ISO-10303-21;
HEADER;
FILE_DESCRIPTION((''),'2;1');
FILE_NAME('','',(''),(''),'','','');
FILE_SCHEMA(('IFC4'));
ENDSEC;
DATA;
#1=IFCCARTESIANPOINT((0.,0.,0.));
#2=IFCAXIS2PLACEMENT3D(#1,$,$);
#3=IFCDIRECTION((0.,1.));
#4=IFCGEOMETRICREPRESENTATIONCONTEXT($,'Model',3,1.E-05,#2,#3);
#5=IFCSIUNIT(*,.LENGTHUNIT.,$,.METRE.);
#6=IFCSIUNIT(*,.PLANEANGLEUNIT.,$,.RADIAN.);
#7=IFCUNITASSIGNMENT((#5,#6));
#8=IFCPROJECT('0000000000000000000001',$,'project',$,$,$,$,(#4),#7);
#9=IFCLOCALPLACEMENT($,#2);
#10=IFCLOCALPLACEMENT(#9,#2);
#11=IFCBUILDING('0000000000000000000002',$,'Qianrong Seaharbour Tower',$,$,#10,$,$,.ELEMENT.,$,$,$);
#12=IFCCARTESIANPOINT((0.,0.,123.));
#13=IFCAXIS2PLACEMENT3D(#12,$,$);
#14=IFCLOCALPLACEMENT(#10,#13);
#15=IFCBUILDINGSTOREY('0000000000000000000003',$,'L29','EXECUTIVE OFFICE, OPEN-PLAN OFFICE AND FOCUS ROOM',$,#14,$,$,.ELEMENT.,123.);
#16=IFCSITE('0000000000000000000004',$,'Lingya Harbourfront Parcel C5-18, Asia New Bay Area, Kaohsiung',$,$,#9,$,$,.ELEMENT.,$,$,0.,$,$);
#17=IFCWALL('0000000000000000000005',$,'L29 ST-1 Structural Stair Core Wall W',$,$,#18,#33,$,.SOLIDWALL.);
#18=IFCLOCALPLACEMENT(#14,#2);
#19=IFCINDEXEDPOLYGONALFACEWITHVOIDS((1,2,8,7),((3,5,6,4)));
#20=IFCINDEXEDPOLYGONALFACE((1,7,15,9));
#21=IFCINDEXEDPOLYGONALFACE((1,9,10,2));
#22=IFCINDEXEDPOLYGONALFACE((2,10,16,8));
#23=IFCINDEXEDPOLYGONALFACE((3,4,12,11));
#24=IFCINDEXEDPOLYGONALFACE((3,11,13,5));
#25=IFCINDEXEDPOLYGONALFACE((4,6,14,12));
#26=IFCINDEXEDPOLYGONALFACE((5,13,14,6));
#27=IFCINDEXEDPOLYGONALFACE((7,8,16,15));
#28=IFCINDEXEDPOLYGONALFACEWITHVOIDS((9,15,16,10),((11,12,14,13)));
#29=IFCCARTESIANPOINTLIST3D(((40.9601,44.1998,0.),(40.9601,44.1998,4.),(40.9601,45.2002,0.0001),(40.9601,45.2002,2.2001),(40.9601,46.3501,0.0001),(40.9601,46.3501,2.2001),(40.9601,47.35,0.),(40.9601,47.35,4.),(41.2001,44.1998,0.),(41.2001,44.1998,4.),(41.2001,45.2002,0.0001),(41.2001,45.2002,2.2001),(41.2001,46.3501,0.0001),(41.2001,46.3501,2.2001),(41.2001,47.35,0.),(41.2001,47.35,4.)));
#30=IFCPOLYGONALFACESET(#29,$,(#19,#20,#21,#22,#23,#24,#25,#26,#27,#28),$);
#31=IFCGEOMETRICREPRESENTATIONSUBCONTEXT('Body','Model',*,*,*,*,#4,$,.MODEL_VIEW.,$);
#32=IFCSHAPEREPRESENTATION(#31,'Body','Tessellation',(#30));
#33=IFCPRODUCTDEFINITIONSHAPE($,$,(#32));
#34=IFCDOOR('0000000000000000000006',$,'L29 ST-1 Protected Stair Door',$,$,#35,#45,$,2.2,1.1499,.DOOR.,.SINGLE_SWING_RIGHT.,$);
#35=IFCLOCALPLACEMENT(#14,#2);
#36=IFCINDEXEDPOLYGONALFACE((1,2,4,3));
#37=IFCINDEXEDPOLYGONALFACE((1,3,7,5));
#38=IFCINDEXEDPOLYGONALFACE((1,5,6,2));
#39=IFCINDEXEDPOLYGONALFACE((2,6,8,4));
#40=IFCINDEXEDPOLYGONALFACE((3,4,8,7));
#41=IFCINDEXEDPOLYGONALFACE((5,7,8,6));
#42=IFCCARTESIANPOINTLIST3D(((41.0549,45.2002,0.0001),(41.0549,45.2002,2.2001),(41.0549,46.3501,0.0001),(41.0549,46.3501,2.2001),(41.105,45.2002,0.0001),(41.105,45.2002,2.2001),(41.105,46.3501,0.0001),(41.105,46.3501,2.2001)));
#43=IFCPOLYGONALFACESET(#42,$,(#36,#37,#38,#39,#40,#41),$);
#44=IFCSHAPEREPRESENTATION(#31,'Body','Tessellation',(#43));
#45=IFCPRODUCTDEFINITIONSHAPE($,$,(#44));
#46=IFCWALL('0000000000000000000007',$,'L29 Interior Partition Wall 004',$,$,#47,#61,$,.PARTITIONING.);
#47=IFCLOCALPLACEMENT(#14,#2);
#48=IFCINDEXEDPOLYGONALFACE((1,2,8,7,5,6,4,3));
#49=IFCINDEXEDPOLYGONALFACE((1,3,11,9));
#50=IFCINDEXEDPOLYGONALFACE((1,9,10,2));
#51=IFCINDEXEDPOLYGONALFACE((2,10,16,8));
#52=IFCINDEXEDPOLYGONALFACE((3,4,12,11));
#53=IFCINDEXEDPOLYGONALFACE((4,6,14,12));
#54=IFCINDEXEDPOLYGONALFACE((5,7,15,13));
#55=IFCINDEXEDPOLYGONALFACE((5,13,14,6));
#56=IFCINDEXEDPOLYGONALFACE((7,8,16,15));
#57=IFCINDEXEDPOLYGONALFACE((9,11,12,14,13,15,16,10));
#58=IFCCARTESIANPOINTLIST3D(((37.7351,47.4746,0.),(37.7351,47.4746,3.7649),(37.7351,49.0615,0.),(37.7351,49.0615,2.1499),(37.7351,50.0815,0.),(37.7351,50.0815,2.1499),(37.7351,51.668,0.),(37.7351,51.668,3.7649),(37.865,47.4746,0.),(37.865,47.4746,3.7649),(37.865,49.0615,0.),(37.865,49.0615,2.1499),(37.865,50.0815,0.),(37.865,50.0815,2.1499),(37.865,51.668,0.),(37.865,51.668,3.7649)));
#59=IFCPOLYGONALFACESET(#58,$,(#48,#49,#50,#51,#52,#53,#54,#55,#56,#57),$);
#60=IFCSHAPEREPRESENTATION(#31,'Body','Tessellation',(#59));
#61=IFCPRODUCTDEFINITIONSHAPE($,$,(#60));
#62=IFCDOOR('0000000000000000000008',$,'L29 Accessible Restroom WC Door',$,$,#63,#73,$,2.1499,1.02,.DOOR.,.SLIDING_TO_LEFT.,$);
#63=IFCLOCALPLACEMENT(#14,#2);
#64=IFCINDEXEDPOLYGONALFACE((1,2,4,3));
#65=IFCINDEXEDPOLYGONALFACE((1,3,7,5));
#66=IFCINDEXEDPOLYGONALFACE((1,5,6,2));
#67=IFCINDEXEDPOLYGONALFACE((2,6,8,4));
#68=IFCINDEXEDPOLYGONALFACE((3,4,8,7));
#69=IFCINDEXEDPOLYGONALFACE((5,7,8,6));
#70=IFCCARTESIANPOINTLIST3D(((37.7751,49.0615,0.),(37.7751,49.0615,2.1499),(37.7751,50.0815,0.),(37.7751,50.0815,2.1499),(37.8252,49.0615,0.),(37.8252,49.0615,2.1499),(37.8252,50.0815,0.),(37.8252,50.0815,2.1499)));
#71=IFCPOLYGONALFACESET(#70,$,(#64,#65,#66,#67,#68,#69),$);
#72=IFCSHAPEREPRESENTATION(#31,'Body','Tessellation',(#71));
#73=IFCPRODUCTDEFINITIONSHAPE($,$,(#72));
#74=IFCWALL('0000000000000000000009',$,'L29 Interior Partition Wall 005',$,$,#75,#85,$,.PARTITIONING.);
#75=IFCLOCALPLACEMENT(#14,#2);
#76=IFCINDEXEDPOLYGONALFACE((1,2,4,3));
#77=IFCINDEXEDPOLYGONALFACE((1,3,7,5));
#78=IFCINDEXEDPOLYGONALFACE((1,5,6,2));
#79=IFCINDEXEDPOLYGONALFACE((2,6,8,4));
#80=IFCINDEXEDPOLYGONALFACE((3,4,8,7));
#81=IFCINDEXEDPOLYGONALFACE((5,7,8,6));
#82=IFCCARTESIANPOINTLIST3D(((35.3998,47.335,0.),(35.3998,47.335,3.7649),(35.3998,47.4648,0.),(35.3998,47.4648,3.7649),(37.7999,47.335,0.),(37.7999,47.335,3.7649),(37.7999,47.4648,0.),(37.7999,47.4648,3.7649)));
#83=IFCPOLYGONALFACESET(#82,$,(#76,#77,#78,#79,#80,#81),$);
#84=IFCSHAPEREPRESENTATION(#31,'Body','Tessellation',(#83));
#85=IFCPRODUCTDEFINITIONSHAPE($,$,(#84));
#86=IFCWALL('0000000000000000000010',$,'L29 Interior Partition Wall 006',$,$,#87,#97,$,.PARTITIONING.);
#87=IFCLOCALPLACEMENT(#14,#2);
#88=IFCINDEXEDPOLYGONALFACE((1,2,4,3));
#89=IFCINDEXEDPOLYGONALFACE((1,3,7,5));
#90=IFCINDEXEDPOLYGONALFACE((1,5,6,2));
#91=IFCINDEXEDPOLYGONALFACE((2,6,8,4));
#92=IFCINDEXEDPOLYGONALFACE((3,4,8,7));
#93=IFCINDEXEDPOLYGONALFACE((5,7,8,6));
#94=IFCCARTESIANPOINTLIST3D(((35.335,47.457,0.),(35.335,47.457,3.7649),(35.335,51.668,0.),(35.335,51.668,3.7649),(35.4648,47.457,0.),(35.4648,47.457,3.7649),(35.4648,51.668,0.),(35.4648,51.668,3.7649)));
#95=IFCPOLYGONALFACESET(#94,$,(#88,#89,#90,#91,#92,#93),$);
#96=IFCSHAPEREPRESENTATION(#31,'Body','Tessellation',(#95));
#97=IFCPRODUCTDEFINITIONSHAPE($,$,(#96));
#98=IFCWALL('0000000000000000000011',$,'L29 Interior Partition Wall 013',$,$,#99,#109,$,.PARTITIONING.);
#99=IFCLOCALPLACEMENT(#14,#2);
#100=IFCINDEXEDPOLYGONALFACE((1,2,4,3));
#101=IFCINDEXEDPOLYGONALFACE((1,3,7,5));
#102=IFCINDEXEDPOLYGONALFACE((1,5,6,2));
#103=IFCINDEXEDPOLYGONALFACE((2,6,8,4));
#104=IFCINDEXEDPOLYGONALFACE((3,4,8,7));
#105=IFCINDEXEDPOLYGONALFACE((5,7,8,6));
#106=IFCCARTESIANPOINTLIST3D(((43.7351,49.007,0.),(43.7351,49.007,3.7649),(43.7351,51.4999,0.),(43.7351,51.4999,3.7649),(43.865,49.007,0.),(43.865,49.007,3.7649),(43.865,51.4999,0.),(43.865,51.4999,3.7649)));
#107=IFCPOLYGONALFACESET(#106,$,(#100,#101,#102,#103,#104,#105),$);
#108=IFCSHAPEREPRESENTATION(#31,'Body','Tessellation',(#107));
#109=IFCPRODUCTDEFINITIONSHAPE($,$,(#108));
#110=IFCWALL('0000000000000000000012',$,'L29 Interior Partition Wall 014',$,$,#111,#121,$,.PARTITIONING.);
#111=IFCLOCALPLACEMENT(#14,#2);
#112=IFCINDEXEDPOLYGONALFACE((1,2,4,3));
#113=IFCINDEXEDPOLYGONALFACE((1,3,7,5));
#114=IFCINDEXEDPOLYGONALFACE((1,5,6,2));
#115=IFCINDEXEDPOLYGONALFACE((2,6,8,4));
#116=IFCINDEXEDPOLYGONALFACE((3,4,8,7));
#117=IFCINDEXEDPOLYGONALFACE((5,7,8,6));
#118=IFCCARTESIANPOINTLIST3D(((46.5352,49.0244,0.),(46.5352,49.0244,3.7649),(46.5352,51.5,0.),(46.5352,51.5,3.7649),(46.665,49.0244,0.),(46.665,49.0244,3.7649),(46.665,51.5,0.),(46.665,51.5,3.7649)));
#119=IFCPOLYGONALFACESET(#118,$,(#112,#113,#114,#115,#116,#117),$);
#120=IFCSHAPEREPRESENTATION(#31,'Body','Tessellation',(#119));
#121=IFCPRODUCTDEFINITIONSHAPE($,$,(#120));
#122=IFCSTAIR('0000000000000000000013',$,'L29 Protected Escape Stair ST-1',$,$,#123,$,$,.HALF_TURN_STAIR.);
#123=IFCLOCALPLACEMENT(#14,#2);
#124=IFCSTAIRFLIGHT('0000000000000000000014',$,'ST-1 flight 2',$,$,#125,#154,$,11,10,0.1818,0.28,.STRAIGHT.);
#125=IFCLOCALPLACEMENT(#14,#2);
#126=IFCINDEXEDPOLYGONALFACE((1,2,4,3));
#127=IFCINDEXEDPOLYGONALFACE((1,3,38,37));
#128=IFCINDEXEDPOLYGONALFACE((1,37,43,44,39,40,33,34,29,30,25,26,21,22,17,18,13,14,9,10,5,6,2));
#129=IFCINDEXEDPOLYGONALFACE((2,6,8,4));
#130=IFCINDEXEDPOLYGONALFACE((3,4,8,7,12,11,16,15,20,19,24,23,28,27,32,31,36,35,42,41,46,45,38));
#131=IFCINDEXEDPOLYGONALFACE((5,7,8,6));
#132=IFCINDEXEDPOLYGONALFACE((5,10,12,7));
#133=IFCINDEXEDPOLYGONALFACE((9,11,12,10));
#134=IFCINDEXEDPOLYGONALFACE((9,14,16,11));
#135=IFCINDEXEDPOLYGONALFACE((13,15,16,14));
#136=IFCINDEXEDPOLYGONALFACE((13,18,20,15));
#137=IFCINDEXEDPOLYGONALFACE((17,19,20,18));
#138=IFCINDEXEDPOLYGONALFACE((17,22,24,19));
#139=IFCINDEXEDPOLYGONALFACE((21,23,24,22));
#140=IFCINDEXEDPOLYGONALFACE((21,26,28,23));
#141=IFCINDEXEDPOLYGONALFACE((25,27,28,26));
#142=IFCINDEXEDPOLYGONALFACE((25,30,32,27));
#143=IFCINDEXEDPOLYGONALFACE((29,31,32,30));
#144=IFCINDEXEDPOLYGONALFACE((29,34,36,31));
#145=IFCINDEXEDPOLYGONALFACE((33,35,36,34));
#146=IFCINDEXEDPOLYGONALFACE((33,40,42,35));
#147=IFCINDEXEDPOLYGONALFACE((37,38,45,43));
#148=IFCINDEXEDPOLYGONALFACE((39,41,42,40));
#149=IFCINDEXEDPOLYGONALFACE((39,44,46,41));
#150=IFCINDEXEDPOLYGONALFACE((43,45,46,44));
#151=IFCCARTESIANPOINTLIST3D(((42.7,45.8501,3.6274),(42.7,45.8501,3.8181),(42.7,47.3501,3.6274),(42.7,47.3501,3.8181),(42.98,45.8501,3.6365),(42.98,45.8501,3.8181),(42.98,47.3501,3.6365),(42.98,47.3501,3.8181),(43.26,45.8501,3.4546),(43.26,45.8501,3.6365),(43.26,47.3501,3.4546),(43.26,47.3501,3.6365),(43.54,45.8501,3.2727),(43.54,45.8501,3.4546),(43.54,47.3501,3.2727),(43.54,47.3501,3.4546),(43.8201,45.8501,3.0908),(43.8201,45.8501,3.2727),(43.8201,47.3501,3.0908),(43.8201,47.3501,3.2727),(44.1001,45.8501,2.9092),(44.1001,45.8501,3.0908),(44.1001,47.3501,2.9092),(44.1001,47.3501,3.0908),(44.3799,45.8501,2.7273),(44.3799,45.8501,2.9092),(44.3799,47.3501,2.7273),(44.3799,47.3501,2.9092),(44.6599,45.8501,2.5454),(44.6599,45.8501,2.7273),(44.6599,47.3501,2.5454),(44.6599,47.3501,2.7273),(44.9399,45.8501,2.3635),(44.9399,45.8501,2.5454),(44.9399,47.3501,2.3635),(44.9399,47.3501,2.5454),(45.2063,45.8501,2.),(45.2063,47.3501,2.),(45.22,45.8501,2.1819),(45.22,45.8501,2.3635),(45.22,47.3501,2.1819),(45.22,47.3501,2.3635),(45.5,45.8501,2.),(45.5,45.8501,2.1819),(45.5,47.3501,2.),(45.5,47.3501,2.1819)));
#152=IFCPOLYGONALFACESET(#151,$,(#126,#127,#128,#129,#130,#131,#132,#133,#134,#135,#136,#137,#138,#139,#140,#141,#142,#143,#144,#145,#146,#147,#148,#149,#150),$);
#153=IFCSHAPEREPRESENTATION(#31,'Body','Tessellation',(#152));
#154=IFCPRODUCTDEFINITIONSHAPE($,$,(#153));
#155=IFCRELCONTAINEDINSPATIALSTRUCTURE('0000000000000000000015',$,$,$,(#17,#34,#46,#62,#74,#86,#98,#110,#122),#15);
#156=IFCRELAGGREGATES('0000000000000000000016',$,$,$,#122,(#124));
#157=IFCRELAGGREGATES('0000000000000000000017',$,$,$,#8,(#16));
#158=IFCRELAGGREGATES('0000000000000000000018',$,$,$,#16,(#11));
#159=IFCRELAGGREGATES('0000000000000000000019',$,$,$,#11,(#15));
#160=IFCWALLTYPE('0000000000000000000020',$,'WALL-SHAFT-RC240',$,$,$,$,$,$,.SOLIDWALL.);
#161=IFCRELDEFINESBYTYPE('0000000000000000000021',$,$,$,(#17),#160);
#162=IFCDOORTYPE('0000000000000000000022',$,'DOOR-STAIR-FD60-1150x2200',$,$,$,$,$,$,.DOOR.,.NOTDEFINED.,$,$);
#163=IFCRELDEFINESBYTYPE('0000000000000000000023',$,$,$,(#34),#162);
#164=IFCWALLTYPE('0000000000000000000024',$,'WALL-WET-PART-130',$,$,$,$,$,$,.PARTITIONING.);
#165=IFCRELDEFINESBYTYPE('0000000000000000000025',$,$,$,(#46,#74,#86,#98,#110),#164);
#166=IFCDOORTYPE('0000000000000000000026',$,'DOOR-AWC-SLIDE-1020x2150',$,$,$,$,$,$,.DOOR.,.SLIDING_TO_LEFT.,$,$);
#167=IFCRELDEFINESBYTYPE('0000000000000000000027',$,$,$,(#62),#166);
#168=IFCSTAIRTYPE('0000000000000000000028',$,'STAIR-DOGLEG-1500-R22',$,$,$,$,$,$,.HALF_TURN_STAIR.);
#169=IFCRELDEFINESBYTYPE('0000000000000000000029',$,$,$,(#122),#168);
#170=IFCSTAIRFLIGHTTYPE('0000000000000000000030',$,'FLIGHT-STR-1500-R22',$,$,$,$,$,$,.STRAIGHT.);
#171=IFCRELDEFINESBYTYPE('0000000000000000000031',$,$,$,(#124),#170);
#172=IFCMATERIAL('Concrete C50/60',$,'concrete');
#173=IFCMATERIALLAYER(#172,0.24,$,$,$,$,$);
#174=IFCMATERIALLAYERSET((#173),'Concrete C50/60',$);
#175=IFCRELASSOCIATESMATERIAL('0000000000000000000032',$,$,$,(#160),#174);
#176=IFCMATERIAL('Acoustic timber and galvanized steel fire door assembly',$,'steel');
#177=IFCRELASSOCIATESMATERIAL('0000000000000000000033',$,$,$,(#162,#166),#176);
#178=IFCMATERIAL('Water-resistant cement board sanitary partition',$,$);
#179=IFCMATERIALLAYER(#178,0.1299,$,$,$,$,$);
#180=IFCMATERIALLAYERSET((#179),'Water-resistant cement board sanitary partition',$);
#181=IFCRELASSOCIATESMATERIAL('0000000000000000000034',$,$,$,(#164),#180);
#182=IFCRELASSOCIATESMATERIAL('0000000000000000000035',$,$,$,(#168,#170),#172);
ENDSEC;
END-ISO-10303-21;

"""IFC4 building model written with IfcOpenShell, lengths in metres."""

from ifc_helpers import new_model, si_unit, direction, frame, frame_2d, origin, place, context, subcontext, project, spatial, polyline, rectangle, outline, extrude, material, layer, layer_set, type_object, element, fill, aggregate, save


model = new_model("IFC4")

# Units and contexts
model_context = context("Model", 3, precision=1e-05, world=origin(), true_north=direction((0.0, 1.0)))
body_context = subcontext(model_context, "Body", "Model", "MODEL_VIEW")
ifc_project = project(units=[si_unit("LENGTHUNIT", "METRE"), si_unit("PLANEANGLEUNIT", "RADIAN")], contexts=[model_context])

# Site, building, storey
site_placement = place(None, origin())
site = spatial("IfcSite", under=ifc_project, at=site_placement, Name="Lingya Harbourfront Parcel C5-18, Asia New Bay Area, Kaohsiung", CompositionType="ELEMENT", RefElevation=0.0)
building_placement = place(site_placement, origin())
building = spatial("IfcBuilding", under=site, at=building_placement, Name="Qianrong Seaharbour Tower", CompositionType="ELEMENT")
storey_placement = place(building_placement, frame((0.0, 0.0, 123.0)))
storey = spatial("IfcBuildingStorey", under=building, at=storey_placement, Name="L29", Description="EXECUTIVE OFFICE, OPEN-PLAN OFFICE AND FOCUS ROOM", CompositionType="ELEMENT", Elevation=123.0)

# Shared definitions
ifc_material_1 = material(Name="Acoustic timber and galvanized steel fire door assembly", Category="steel")

# Shared definitions
ifc_material_2 = material(Name="Concrete C50/60", Category="concrete")
ifc_layer_1 = layer(ifc_material_2, 0.24)
ifc_layer_set_1 = layer_set([ifc_layer_1], Name="Concrete C50/60")
wall_type_1 = type_object("IfcWallType", Name="WALL-SHAFT-RC240", PredefinedType="SOLIDWALL", material=ifc_layer_set_1)

# Walls, openings, doors
wall_1_placement = place(storey_placement, frame((41.0801, 47.3501, 0.0), z_axis=(0.0, 0.0, 1.0), x_axis=(0.0, -1.0, 0.0)))
wall_1 = element("IfcWall", 1, at=wall_1_placement, inside=storey, type_object=wall_type_1, Name="L29 ST-1 Structural Stair Core Wall W", PredefinedType="SOLIDWALL", context=body_context, shape_type="SweptSolid", body=[
    extrude(rectangle(XDim=3.1501, YDim=0.24, at=frame_2d((1.5752, 0.0))), origin(), (0.0, 0.0, 1.0), 4.0),
])
opening_1_placement = place(wall_1_placement, frame((1.0, 0.0, 0.0)))
opening_1 = element("IfcOpeningElement", 2, at=opening_1_placement, cuts=wall_1, PredefinedType="OPENING", context=body_context, shape_type="SweptSolid", body=[
    extrude(rectangle(XDim=1.1499, YDim=2.2, at=frame_2d((0.575, 1.1001))), frame((0.0, 0.1299, 0.0), z_axis=(0.0, -1.0, 0.0), x_axis=(1.0, 0.0, 0.0)), (0.0, 0.0, 1.0), 0.26),
])
door_type_1 = type_object("IfcDoorType", Name="DOOR-STAIR-FD60-1150x2200", OperationType="NOTDEFINED", PredefinedType="DOOR", material=ifc_material_1)
door_1_placement = place(opening_1_placement, origin())
door_1 = element("IfcDoor", 3, at=door_1_placement, inside=storey, type_object=door_type_1, Name="L29 ST-1 Protected Stair Door", OperationType="SINGLE_SWING_RIGHT", OverallHeight=2.2, OverallWidth=1.1499, PredefinedType="DOOR", context=body_context, shape_type="SweptSolid", body=[
    extrude(rectangle(XDim=1.1499, YDim=2.2, at=frame_2d((0.575, 1.1001))), frame((0.0, 0.0249, 0.0), z_axis=(0.0, -1.0, 0.0), x_axis=(1.0, 0.0, 0.0)), (0.0, 0.0, 1.0), 0.05),
])
fill(opening_1, door_1)
ifc_material_3 = material(Name="Water-resistant cement board sanitary partition")
ifc_layer_2 = layer(ifc_material_3, 0.1299)
ifc_layer_set_2 = layer_set([ifc_layer_2], Name="Water-resistant cement board sanitary partition")
wall_type_2 = type_object("IfcWallType", Name="WALL-WET-PART-130", PredefinedType="PARTITIONING", material=ifc_layer_set_2)
wall_2_placement = place(storey_placement, frame((37.8, 47.4746, 0.0), z_axis=(0.0, 0.0, 1.0), x_axis=(0.0, 1.0, 0.0)))
wall_2 = element("IfcWall", 4, at=wall_2_placement, inside=storey, type_object=wall_type_2, Name="L29 Interior Partition Wall 004", PredefinedType="PARTITIONING", context=body_context, shape_type="SweptSolid", body=[
    extrude(rectangle(XDim=4.1934, YDim=0.1299, at=frame_2d((2.0967, 0.0))), origin(), (0.0, 0.0, 1.0), 3.7649),
])
opening_2_placement = place(wall_2_placement, frame((1.5869, 0.0, 0.0)))
opening_2 = element("IfcOpeningElement", 5, at=opening_2_placement, cuts=wall_2, PredefinedType="OPENING", context=body_context, shape_type="SweptSolid", body=[
    extrude(rectangle(XDim=1.02, YDim=2.1499, at=frame_2d((0.51, 1.075))), frame((0.0, 0.075, 0.0), z_axis=(0.0, -1.0, 0.0), x_axis=(1.0, 0.0, 0.0)), (0.0, 0.0, 1.0), 0.1499),
])
door_type_2 = type_object("IfcDoorType", Name="DOOR-AWC-SLIDE-1020x2150", OperationType="SLIDING_TO_LEFT", PredefinedType="DOOR", material=ifc_material_1)
door_2_placement = place(opening_2_placement, origin())
door_2 = element("IfcDoor", 6, at=door_2_placement, inside=storey, type_object=door_type_2, Name="L29 Accessible Restroom WC Door", OperationType="SLIDING_TO_LEFT", OverallHeight=2.1499, OverallWidth=1.02, PredefinedType="DOOR", context=body_context, shape_type="SweptSolid", body=[
    extrude(rectangle(XDim=1.02, YDim=2.1499, at=frame_2d((0.51, 1.075))), frame((0.0, 0.0249, 0.0), z_axis=(0.0, -1.0, 0.0), x_axis=(1.0, 0.0, 0.0)), (0.0, 0.0, 1.0), 0.05),
])
fill(opening_2, door_2)

# Walls
wall_3_placement = place(storey_placement, frame((37.8, 47.3999, 0.0), z_axis=(0.0, 0.0, 1.0), x_axis=(-1.0, 0.0, 0.0)))
element("IfcWall", 7, at=wall_3_placement, inside=storey, type_object=wall_type_2, Name="L29 Interior Partition Wall 005", PredefinedType="PARTITIONING", context=body_context, shape_type="SweptSolid", body=[
    extrude(rectangle(XDim=2.4001, YDim=0.1299, at=frame_2d((1.2002, 0.0))), origin(), (0.0, 0.0, 1.0), 3.7649),
])
wall_4_placement = place(storey_placement, frame((35.3999, 47.457, 0.0), z_axis=(0.0, 0.0, 1.0), x_axis=(0.0, 1.0, 0.0)))
element("IfcWall", 8, at=wall_4_placement, inside=storey, type_object=wall_type_2, Name="L29 Interior Partition Wall 006", PredefinedType="PARTITIONING", context=body_context, shape_type="SweptSolid", body=[
    extrude(rectangle(XDim=4.2109, YDim=0.1299, at=frame_2d((2.1055, 0.0))), origin(), (0.0, 0.0, 1.0), 3.7649),
])

# Walls
wall_5_placement = place(storey_placement, frame((43.8, 51.5, 0.0), z_axis=(0.0, 0.0, 1.0), x_axis=(0.0, -1.0, 0.0)))
element("IfcWall", 9, at=wall_5_placement, inside=storey, type_object=wall_type_2, Name="L29 Interior Partition Wall 013", PredefinedType="PARTITIONING", context=body_context, shape_type="SweptSolid", body=[
    extrude(rectangle(XDim=2.4929, YDim=0.1299, at=frame_2d((1.2466, 0.0))), origin(), (0.0, 0.0, 1.0), 3.7649),
])
wall_6_placement = place(storey_placement, frame((46.6001, 51.5, 0.0), z_axis=(0.0, 0.0, 1.0), x_axis=(0.0, -1.0, 0.0)))
element("IfcWall", 10, at=wall_6_placement, inside=storey, type_object=wall_type_2, Name="L29 Interior Partition Wall 014", PredefinedType="PARTITIONING", context=body_context, shape_type="SweptSolid", body=[
    extrude(rectangle(XDim=2.4756, YDim=0.1299, at=frame_2d((1.2378, 0.0))), origin(), (0.0, 0.0, 1.0), 3.7649),
])

# Stair, stair flight
stair_type = type_object("IfcStairType", Name="STAIR-DOGLEG-1500-R22", PredefinedType="HALF_TURN_STAIR", material=ifc_material_2)
stair_placement = place(storey_placement, origin())
stair = element("IfcStair", 11, at=stair_placement, inside=storey, type_object=stair_type, Name="L29 Protected Escape Stair ST-1", PredefinedType="HALF_TURN_STAIR")
stair_flight_type = type_object("IfcStairFlightType", Name="FLIGHT-STR-1500-R22", PredefinedType="STRAIGHT", material=ifc_material_2)
stair_flight_placement = place(storey_placement, frame((45.5, 46.6001, 2.0), z_axis=(0.0, 0.0, 1.0), x_axis=(-1.0, 0.0, 0.0)))
stair_flight = element("IfcStairFlight", 12, at=stair_flight_placement, type_object=stair_flight_type, Name="ST-1 flight 2", NumberOfRisers=11, NumberOfTreads=10, PredefinedType="STRAIGHT", RiserHeight=0.1818, TreadLength=0.28, context=body_context, shape_type="SweptSolid", body=[
    extrude(outline(polyline([(0.0, 0.0), (0.0, 0.1819), (0.28, 0.1819), (0.28, 0.3635), (0.5601, 0.3635), (0.5601, 0.5454), (0.8401, 0.5454), (0.8401, 0.7273), (1.1201, 0.7273), (1.1201, 0.9092), (1.3999, 0.9092), (1.3999, 1.0908), (1.6799, 1.0908), (1.6799, 1.2727), (1.96, 1.2727), (1.96, 1.4546), (2.24, 1.4546), (2.24, 1.6365), (2.52, 1.6365), (2.52, 1.8181), (2.8, 1.8181), (2.8, 2.0), (2.8, 1.6274), (0.2937, 0.0), (0.0, 0.0)])), frame((0.0, 0.75, 0.0), z_axis=(0.0, -1.0, 0.0), x_axis=(1.0, 0.0, 0.0)), (0.0, 0.0, 1.0), 1.5),
])
aggregate(stair, [stair_flight])

save(model, "model.ifc")
